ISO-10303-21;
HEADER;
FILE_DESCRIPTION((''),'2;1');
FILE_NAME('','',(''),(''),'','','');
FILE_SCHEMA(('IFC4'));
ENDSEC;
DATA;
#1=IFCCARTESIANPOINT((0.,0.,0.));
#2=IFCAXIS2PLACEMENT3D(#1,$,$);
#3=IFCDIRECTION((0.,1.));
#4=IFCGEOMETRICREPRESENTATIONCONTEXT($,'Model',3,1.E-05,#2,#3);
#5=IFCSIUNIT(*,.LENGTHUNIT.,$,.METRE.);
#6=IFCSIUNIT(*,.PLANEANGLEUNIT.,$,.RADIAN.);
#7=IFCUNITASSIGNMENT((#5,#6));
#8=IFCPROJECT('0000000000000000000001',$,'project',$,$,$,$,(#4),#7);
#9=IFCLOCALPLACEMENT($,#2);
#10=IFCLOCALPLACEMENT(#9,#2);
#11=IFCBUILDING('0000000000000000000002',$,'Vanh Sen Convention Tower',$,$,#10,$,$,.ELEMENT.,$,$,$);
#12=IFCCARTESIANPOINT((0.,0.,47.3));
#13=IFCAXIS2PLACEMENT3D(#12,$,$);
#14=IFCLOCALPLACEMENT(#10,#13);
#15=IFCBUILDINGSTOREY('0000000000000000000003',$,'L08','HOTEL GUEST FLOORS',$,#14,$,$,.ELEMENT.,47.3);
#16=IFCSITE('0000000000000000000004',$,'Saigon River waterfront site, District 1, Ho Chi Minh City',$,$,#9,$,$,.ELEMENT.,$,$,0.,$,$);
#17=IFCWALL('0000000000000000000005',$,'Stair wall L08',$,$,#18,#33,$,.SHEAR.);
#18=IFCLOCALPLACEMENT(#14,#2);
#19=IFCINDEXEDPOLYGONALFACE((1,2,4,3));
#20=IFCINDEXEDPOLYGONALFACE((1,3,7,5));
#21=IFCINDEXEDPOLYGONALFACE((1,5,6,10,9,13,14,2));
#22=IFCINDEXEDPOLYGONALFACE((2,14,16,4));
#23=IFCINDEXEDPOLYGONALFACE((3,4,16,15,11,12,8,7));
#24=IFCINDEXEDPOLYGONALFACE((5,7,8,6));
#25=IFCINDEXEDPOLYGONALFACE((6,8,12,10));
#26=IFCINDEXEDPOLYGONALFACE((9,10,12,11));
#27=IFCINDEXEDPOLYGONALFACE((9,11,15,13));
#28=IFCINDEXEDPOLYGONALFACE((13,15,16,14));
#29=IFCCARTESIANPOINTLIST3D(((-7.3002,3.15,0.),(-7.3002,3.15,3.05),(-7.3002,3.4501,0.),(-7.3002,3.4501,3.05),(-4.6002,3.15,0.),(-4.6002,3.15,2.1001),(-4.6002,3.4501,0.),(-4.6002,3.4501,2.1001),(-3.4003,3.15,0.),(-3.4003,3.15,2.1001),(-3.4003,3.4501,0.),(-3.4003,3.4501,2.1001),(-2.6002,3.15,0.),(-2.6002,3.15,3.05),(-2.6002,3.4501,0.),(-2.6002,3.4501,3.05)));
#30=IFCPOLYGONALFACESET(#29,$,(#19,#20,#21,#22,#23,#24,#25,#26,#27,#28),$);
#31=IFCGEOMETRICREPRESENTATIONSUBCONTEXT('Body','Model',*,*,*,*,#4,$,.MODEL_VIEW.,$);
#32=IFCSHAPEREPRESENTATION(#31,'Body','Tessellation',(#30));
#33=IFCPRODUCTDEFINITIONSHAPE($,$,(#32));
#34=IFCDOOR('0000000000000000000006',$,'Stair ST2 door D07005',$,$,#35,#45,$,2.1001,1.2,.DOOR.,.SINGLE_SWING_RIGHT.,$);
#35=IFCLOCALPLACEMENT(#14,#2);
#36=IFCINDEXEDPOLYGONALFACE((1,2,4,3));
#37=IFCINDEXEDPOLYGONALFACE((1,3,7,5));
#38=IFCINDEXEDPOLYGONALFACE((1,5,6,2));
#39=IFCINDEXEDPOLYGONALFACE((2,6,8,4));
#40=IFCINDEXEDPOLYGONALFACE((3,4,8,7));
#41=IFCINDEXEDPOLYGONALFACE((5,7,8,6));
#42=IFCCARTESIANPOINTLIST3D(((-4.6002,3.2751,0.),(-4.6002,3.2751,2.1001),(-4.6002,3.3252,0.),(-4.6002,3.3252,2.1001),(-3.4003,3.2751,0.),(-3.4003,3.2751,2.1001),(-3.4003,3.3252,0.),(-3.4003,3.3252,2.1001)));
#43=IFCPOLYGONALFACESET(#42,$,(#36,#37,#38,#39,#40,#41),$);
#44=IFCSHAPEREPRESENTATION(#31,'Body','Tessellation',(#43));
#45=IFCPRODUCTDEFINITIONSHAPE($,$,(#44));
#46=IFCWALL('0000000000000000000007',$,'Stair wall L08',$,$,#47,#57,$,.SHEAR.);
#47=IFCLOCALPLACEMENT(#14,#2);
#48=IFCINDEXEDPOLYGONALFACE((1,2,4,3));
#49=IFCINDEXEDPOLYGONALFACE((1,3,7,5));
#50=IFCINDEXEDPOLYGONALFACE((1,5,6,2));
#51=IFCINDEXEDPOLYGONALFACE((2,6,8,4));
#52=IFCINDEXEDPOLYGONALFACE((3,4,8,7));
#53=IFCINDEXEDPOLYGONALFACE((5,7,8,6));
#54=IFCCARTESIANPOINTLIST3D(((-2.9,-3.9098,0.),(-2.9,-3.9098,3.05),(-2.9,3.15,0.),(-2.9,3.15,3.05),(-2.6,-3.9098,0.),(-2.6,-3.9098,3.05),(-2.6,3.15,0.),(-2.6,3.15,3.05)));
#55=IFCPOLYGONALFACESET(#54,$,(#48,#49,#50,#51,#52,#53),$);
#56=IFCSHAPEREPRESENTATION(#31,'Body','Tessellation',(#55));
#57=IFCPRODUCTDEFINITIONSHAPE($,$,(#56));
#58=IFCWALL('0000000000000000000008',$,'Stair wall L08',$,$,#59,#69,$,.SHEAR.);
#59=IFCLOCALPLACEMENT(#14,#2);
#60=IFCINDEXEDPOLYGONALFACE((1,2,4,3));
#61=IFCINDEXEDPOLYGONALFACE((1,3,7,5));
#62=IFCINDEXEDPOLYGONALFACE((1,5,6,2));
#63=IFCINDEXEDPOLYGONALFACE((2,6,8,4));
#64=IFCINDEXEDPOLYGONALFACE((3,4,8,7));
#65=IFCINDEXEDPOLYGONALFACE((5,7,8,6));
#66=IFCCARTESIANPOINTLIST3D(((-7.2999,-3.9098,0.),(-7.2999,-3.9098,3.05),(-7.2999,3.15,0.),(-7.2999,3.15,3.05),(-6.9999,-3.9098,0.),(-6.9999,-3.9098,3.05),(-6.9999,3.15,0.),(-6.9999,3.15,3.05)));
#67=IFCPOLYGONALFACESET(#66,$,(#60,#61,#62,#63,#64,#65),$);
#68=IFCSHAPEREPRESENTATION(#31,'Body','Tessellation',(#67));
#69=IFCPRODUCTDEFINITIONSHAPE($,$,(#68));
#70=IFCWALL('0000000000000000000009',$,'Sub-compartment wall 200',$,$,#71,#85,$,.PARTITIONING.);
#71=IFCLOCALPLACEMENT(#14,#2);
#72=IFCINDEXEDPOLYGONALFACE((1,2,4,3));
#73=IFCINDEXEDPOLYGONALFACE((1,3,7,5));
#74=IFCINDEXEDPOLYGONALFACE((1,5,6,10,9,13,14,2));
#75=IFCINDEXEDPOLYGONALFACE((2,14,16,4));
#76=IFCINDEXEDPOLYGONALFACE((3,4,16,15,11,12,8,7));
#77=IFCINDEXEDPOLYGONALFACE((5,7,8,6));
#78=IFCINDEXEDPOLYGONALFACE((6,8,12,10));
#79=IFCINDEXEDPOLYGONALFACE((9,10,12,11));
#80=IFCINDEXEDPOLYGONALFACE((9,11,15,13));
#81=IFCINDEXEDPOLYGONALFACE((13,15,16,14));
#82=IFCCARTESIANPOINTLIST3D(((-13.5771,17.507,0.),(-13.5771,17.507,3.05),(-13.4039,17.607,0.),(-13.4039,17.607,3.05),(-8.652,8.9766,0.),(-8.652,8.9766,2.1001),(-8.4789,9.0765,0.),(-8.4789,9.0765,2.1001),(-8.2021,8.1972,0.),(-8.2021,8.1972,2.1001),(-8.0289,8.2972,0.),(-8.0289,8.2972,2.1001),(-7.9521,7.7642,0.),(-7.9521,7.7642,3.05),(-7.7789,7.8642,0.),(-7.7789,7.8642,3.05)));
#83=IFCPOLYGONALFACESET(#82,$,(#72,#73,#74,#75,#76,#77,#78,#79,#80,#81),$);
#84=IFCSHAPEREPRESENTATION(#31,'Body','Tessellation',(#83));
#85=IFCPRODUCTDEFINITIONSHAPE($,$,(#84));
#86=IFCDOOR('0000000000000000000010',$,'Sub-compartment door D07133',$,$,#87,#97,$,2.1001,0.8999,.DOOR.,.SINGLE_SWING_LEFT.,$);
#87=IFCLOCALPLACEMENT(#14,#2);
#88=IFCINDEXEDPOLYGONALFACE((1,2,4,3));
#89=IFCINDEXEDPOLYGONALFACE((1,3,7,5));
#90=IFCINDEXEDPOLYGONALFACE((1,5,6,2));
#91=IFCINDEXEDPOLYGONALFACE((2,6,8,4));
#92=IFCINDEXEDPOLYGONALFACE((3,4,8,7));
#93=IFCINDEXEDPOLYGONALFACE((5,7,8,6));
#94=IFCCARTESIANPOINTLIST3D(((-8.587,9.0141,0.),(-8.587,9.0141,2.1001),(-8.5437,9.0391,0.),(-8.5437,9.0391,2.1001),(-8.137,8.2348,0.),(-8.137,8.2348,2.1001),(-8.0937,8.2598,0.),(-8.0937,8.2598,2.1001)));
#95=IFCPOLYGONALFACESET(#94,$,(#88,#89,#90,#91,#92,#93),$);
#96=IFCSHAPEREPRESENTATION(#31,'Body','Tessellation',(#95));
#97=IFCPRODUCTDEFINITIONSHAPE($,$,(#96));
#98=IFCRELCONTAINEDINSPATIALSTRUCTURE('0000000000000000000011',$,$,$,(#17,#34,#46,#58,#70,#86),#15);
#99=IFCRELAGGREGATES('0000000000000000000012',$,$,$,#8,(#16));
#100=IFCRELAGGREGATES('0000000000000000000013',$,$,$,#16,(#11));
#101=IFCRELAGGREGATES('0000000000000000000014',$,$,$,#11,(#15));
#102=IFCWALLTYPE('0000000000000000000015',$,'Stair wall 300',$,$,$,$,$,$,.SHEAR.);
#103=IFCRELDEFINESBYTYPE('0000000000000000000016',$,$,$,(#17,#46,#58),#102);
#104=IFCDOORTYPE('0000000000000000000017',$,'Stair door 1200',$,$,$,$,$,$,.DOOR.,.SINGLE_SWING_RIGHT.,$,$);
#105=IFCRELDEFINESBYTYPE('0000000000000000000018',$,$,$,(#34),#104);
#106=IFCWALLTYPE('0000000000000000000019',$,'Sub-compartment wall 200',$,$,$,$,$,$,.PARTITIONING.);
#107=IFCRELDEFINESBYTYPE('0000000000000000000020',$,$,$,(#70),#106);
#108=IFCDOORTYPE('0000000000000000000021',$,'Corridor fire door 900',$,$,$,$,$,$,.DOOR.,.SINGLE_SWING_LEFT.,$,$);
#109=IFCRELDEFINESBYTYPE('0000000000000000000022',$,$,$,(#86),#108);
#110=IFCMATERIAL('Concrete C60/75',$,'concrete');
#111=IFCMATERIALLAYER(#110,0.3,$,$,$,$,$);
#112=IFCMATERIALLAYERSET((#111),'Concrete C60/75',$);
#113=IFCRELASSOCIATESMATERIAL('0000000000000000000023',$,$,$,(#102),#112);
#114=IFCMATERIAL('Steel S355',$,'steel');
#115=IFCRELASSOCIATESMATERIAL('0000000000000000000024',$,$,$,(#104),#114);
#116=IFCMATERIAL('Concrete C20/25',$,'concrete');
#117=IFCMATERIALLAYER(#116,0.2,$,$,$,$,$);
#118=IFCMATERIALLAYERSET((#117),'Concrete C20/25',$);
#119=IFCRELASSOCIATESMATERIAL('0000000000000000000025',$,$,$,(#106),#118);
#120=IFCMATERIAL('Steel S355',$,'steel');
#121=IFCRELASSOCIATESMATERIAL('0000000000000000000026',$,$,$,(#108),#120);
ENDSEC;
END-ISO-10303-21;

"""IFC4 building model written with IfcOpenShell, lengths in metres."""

from ifc_helpers import new_model, si_unit, direction, frame, frame_2d, origin, place, context, subcontext, project, spatial, rectangle, extrude, material, layer, layer_set, type_object, element, fill, save


model = new_model("IFC4")

# Units and contexts
model_context = context("Model", 3, precision=1e-05, world=origin(), true_north=direction((0.0, 1.0)))
body_context = subcontext(model_context, "Body", "Model", "MODEL_VIEW")
ifc_project = project(units=[si_unit("LENGTHUNIT", "METRE"), si_unit("PLANEANGLEUNIT", "RADIAN")], contexts=[model_context])

# Site, building, storey
site_placement = place(None, origin())
site = spatial("IfcSite", under=ifc_project, at=site_placement, Name="Saigon River waterfront site, District 1, Ho Chi Minh City", CompositionType="ELEMENT", RefElevation=0.0)
building_placement = place(site_placement, origin())
building = spatial("IfcBuilding", under=site, at=building_placement, Name="Vanh Sen Convention Tower", CompositionType="ELEMENT")
storey_placement = place(building_placement, frame((0.0, 0.0, 47.3)))
storey = spatial("IfcBuildingStorey", under=building, at=storey_placement, Name="L08", Description="HOTEL GUEST FLOORS", CompositionType="ELEMENT", Elevation=47.3)

# Shared definitions
ifc_material_1 = material(Name="Steel S355", Category="steel")

# Shared definitions
ifc_material_2 = material(Name="Concrete C60/75", Category="concrete")

# Shared definitions
ifc_layer_1 = layer(ifc_material_2, 0.3)
ifc_layer_set_1 = layer_set([ifc_layer_1], Name="Concrete C60/75")
wall_type_1 = type_object("IfcWallType", Name="Stair wall 300", PredefinedType="SHEAR", material=ifc_layer_set_1)

# Wall, opening, door
wall_1_placement = place(storey_placement, frame((-2.6001, 3.3, 0.0), z_axis=(0.0, 0.0, 1.0), x_axis=(-1.0, 0.0, 0.0)))
wall_1 = element("IfcWall", 1, at=wall_1_placement, inside=storey, type_object=wall_type_1, Name="Stair wall L08", PredefinedType="SHEAR", context=body_context, shape_type="SweptSolid", body=[
    extrude(rectangle(XDim=4.7, YDim=0.3, at=frame_2d((2.3501, 0.0))), origin(), (0.0, 0.0, 1.0), 3.05),
])
opening_1_placement = place(wall_1_placement, frame((0.8, 0.0, 0.0)))
opening_1 = element("IfcOpeningElement", 2, at=opening_1_placement, cuts=wall_1, PredefinedType="OPENING", context=body_context, shape_type="SweptSolid", body=[
    extrude(rectangle(XDim=1.2, YDim=2.1001, at=frame_2d((0.6001, 1.05))), frame((0.0, 0.1599, 0.0), z_axis=(0.0, -1.0, 0.0), x_axis=(1.0, 0.0, 0.0)), (0.0, 0.0, 1.0), 0.3201),
])
door_type_1 = type_object("IfcDoorType", Name="Stair door 1200", OperationType="SINGLE_SWING_RIGHT", PredefinedType="DOOR", material=ifc_material_1)
door_1_placement = place(opening_1_placement, origin())
door_1 = element("IfcDoor", 3, at=door_1_placement, inside=storey, type_object=door_type_1, Name="Stair ST2 door D07005", OperationType="SINGLE_SWING_RIGHT", OverallHeight=2.1001, OverallWidth=1.2, PredefinedType="DOOR", context=body_context, shape_type="SweptSolid", body=[
    extrude(rectangle(XDim=1.2, YDim=2.1001, at=frame_2d((0.6001, 1.05))), frame((0.0, 0.0249, 0.0), z_axis=(0.0, -1.0, 0.0), x_axis=(1.0, 0.0, 0.0)), (0.0, 0.0, 1.0), 0.05),
])
fill(opening_1, door_1)

# Walls
for number, where, z_axis, x_axis, name in (
    (4, (-2.75, 3.1499, 0.0), (0.0, 0.0, 1.0), (0.0, -1.0, 0.0), "Stair wall L08"),
    (5, (-7.1499, 3.1499, 0.0), (0.0, 0.0, 1.0), (0.0, -1.0, 0.0), "Stair wall L08"),
):
    element("IfcWall", number, at=place(storey_placement, frame(where, z_axis=z_axis, x_axis=x_axis)), inside=storey, type_object=wall_type_1, Name=name, PredefinedType="SHEAR", context=body_context, shape_type="SweptSolid", body=[
        extrude(rectangle(XDim=7.0598, YDim=0.3, at=frame_2d((3.5298, 0.0))), origin(), (0.0, 0.0, 1.0), 3.05),
    ])

# Wall, opening, door
ifc_material_3 = material(Name="Concrete C20/25", Category="concrete")
ifc_layer_2 = layer(ifc_material_3, 0.2)
ifc_layer_set_2 = layer_set([ifc_layer_2], Name="Concrete C20/25")
wall_type_2 = type_object("IfcWallType", Name="Sub-compartment wall 200", PredefinedType="PARTITIONING", material=ifc_layer_set_2)
wall_2_placement = place(storey_placement, frame((-7.8655, 7.8142, 0.0), z_axis=(0.0, 0.0, 1.0), x_axis=(-0.500004, 0.866023, 0.0)))
wall_2 = element("IfcWall", 6, at=wall_2_placement, inside=storey, type_object=wall_type_2, Name="Sub-compartment wall 200", PredefinedType="PARTITIONING", context=body_context, shape_type="SweptSolid", body=[
    extrude(rectangle(XDim=11.25, YDim=0.2, at=frame_2d((5.625, 0.0))), origin(), (0.0, 0.0, 1.0), 3.05),
])
opening_2_placement = place(wall_2_placement, frame((0.5, 0.0, 0.0)))
opening_2 = element("IfcOpeningElement", 7, at=opening_2_placement, cuts=wall_2, PredefinedType="OPENING", context=body_context, shape_type="SweptSolid", body=[
    extrude(rectangle(XDim=0.8999, YDim=2.1001, at=frame_2d((0.45, 1.05))), frame((0.0, 0.1099, 0.0), z_axis=(0.0, -1.0, 0.0), x_axis=(1.0, 0.0, 0.0)), (0.0, 0.0, 1.0), 0.22),
])
ifc_material_4 = material(Name="Steel S355", Category="steel")
door_type_2 = type_object("IfcDoorType", Name="Corridor fire door 900", OperationType="SINGLE_SWING_LEFT", PredefinedType="DOOR", material=ifc_material_4)
door_2_placement = place(opening_2_placement, origin())
door_2 = element("IfcDoor", 8, at=door_2_placement, inside=storey, type_object=door_type_2, Name="Sub-compartment door D07133", OperationType="SINGLE_SWING_LEFT", OverallHeight=2.1001, OverallWidth=0.8999, PredefinedType="DOOR", context=body_context, shape_type="SweptSolid", body=[
    extrude(rectangle(XDim=0.8999, YDim=2.1001, at=frame_2d((0.45, 1.05))), frame((0.0, 0.0249, 0.0), z_axis=(0.0, -1.0, 0.0), x_axis=(1.0, 0.0, 0.0)), (0.0, 0.0, 1.0), 0.05),
])
fill(opening_2, door_2)

save(model, "model.ifc")
